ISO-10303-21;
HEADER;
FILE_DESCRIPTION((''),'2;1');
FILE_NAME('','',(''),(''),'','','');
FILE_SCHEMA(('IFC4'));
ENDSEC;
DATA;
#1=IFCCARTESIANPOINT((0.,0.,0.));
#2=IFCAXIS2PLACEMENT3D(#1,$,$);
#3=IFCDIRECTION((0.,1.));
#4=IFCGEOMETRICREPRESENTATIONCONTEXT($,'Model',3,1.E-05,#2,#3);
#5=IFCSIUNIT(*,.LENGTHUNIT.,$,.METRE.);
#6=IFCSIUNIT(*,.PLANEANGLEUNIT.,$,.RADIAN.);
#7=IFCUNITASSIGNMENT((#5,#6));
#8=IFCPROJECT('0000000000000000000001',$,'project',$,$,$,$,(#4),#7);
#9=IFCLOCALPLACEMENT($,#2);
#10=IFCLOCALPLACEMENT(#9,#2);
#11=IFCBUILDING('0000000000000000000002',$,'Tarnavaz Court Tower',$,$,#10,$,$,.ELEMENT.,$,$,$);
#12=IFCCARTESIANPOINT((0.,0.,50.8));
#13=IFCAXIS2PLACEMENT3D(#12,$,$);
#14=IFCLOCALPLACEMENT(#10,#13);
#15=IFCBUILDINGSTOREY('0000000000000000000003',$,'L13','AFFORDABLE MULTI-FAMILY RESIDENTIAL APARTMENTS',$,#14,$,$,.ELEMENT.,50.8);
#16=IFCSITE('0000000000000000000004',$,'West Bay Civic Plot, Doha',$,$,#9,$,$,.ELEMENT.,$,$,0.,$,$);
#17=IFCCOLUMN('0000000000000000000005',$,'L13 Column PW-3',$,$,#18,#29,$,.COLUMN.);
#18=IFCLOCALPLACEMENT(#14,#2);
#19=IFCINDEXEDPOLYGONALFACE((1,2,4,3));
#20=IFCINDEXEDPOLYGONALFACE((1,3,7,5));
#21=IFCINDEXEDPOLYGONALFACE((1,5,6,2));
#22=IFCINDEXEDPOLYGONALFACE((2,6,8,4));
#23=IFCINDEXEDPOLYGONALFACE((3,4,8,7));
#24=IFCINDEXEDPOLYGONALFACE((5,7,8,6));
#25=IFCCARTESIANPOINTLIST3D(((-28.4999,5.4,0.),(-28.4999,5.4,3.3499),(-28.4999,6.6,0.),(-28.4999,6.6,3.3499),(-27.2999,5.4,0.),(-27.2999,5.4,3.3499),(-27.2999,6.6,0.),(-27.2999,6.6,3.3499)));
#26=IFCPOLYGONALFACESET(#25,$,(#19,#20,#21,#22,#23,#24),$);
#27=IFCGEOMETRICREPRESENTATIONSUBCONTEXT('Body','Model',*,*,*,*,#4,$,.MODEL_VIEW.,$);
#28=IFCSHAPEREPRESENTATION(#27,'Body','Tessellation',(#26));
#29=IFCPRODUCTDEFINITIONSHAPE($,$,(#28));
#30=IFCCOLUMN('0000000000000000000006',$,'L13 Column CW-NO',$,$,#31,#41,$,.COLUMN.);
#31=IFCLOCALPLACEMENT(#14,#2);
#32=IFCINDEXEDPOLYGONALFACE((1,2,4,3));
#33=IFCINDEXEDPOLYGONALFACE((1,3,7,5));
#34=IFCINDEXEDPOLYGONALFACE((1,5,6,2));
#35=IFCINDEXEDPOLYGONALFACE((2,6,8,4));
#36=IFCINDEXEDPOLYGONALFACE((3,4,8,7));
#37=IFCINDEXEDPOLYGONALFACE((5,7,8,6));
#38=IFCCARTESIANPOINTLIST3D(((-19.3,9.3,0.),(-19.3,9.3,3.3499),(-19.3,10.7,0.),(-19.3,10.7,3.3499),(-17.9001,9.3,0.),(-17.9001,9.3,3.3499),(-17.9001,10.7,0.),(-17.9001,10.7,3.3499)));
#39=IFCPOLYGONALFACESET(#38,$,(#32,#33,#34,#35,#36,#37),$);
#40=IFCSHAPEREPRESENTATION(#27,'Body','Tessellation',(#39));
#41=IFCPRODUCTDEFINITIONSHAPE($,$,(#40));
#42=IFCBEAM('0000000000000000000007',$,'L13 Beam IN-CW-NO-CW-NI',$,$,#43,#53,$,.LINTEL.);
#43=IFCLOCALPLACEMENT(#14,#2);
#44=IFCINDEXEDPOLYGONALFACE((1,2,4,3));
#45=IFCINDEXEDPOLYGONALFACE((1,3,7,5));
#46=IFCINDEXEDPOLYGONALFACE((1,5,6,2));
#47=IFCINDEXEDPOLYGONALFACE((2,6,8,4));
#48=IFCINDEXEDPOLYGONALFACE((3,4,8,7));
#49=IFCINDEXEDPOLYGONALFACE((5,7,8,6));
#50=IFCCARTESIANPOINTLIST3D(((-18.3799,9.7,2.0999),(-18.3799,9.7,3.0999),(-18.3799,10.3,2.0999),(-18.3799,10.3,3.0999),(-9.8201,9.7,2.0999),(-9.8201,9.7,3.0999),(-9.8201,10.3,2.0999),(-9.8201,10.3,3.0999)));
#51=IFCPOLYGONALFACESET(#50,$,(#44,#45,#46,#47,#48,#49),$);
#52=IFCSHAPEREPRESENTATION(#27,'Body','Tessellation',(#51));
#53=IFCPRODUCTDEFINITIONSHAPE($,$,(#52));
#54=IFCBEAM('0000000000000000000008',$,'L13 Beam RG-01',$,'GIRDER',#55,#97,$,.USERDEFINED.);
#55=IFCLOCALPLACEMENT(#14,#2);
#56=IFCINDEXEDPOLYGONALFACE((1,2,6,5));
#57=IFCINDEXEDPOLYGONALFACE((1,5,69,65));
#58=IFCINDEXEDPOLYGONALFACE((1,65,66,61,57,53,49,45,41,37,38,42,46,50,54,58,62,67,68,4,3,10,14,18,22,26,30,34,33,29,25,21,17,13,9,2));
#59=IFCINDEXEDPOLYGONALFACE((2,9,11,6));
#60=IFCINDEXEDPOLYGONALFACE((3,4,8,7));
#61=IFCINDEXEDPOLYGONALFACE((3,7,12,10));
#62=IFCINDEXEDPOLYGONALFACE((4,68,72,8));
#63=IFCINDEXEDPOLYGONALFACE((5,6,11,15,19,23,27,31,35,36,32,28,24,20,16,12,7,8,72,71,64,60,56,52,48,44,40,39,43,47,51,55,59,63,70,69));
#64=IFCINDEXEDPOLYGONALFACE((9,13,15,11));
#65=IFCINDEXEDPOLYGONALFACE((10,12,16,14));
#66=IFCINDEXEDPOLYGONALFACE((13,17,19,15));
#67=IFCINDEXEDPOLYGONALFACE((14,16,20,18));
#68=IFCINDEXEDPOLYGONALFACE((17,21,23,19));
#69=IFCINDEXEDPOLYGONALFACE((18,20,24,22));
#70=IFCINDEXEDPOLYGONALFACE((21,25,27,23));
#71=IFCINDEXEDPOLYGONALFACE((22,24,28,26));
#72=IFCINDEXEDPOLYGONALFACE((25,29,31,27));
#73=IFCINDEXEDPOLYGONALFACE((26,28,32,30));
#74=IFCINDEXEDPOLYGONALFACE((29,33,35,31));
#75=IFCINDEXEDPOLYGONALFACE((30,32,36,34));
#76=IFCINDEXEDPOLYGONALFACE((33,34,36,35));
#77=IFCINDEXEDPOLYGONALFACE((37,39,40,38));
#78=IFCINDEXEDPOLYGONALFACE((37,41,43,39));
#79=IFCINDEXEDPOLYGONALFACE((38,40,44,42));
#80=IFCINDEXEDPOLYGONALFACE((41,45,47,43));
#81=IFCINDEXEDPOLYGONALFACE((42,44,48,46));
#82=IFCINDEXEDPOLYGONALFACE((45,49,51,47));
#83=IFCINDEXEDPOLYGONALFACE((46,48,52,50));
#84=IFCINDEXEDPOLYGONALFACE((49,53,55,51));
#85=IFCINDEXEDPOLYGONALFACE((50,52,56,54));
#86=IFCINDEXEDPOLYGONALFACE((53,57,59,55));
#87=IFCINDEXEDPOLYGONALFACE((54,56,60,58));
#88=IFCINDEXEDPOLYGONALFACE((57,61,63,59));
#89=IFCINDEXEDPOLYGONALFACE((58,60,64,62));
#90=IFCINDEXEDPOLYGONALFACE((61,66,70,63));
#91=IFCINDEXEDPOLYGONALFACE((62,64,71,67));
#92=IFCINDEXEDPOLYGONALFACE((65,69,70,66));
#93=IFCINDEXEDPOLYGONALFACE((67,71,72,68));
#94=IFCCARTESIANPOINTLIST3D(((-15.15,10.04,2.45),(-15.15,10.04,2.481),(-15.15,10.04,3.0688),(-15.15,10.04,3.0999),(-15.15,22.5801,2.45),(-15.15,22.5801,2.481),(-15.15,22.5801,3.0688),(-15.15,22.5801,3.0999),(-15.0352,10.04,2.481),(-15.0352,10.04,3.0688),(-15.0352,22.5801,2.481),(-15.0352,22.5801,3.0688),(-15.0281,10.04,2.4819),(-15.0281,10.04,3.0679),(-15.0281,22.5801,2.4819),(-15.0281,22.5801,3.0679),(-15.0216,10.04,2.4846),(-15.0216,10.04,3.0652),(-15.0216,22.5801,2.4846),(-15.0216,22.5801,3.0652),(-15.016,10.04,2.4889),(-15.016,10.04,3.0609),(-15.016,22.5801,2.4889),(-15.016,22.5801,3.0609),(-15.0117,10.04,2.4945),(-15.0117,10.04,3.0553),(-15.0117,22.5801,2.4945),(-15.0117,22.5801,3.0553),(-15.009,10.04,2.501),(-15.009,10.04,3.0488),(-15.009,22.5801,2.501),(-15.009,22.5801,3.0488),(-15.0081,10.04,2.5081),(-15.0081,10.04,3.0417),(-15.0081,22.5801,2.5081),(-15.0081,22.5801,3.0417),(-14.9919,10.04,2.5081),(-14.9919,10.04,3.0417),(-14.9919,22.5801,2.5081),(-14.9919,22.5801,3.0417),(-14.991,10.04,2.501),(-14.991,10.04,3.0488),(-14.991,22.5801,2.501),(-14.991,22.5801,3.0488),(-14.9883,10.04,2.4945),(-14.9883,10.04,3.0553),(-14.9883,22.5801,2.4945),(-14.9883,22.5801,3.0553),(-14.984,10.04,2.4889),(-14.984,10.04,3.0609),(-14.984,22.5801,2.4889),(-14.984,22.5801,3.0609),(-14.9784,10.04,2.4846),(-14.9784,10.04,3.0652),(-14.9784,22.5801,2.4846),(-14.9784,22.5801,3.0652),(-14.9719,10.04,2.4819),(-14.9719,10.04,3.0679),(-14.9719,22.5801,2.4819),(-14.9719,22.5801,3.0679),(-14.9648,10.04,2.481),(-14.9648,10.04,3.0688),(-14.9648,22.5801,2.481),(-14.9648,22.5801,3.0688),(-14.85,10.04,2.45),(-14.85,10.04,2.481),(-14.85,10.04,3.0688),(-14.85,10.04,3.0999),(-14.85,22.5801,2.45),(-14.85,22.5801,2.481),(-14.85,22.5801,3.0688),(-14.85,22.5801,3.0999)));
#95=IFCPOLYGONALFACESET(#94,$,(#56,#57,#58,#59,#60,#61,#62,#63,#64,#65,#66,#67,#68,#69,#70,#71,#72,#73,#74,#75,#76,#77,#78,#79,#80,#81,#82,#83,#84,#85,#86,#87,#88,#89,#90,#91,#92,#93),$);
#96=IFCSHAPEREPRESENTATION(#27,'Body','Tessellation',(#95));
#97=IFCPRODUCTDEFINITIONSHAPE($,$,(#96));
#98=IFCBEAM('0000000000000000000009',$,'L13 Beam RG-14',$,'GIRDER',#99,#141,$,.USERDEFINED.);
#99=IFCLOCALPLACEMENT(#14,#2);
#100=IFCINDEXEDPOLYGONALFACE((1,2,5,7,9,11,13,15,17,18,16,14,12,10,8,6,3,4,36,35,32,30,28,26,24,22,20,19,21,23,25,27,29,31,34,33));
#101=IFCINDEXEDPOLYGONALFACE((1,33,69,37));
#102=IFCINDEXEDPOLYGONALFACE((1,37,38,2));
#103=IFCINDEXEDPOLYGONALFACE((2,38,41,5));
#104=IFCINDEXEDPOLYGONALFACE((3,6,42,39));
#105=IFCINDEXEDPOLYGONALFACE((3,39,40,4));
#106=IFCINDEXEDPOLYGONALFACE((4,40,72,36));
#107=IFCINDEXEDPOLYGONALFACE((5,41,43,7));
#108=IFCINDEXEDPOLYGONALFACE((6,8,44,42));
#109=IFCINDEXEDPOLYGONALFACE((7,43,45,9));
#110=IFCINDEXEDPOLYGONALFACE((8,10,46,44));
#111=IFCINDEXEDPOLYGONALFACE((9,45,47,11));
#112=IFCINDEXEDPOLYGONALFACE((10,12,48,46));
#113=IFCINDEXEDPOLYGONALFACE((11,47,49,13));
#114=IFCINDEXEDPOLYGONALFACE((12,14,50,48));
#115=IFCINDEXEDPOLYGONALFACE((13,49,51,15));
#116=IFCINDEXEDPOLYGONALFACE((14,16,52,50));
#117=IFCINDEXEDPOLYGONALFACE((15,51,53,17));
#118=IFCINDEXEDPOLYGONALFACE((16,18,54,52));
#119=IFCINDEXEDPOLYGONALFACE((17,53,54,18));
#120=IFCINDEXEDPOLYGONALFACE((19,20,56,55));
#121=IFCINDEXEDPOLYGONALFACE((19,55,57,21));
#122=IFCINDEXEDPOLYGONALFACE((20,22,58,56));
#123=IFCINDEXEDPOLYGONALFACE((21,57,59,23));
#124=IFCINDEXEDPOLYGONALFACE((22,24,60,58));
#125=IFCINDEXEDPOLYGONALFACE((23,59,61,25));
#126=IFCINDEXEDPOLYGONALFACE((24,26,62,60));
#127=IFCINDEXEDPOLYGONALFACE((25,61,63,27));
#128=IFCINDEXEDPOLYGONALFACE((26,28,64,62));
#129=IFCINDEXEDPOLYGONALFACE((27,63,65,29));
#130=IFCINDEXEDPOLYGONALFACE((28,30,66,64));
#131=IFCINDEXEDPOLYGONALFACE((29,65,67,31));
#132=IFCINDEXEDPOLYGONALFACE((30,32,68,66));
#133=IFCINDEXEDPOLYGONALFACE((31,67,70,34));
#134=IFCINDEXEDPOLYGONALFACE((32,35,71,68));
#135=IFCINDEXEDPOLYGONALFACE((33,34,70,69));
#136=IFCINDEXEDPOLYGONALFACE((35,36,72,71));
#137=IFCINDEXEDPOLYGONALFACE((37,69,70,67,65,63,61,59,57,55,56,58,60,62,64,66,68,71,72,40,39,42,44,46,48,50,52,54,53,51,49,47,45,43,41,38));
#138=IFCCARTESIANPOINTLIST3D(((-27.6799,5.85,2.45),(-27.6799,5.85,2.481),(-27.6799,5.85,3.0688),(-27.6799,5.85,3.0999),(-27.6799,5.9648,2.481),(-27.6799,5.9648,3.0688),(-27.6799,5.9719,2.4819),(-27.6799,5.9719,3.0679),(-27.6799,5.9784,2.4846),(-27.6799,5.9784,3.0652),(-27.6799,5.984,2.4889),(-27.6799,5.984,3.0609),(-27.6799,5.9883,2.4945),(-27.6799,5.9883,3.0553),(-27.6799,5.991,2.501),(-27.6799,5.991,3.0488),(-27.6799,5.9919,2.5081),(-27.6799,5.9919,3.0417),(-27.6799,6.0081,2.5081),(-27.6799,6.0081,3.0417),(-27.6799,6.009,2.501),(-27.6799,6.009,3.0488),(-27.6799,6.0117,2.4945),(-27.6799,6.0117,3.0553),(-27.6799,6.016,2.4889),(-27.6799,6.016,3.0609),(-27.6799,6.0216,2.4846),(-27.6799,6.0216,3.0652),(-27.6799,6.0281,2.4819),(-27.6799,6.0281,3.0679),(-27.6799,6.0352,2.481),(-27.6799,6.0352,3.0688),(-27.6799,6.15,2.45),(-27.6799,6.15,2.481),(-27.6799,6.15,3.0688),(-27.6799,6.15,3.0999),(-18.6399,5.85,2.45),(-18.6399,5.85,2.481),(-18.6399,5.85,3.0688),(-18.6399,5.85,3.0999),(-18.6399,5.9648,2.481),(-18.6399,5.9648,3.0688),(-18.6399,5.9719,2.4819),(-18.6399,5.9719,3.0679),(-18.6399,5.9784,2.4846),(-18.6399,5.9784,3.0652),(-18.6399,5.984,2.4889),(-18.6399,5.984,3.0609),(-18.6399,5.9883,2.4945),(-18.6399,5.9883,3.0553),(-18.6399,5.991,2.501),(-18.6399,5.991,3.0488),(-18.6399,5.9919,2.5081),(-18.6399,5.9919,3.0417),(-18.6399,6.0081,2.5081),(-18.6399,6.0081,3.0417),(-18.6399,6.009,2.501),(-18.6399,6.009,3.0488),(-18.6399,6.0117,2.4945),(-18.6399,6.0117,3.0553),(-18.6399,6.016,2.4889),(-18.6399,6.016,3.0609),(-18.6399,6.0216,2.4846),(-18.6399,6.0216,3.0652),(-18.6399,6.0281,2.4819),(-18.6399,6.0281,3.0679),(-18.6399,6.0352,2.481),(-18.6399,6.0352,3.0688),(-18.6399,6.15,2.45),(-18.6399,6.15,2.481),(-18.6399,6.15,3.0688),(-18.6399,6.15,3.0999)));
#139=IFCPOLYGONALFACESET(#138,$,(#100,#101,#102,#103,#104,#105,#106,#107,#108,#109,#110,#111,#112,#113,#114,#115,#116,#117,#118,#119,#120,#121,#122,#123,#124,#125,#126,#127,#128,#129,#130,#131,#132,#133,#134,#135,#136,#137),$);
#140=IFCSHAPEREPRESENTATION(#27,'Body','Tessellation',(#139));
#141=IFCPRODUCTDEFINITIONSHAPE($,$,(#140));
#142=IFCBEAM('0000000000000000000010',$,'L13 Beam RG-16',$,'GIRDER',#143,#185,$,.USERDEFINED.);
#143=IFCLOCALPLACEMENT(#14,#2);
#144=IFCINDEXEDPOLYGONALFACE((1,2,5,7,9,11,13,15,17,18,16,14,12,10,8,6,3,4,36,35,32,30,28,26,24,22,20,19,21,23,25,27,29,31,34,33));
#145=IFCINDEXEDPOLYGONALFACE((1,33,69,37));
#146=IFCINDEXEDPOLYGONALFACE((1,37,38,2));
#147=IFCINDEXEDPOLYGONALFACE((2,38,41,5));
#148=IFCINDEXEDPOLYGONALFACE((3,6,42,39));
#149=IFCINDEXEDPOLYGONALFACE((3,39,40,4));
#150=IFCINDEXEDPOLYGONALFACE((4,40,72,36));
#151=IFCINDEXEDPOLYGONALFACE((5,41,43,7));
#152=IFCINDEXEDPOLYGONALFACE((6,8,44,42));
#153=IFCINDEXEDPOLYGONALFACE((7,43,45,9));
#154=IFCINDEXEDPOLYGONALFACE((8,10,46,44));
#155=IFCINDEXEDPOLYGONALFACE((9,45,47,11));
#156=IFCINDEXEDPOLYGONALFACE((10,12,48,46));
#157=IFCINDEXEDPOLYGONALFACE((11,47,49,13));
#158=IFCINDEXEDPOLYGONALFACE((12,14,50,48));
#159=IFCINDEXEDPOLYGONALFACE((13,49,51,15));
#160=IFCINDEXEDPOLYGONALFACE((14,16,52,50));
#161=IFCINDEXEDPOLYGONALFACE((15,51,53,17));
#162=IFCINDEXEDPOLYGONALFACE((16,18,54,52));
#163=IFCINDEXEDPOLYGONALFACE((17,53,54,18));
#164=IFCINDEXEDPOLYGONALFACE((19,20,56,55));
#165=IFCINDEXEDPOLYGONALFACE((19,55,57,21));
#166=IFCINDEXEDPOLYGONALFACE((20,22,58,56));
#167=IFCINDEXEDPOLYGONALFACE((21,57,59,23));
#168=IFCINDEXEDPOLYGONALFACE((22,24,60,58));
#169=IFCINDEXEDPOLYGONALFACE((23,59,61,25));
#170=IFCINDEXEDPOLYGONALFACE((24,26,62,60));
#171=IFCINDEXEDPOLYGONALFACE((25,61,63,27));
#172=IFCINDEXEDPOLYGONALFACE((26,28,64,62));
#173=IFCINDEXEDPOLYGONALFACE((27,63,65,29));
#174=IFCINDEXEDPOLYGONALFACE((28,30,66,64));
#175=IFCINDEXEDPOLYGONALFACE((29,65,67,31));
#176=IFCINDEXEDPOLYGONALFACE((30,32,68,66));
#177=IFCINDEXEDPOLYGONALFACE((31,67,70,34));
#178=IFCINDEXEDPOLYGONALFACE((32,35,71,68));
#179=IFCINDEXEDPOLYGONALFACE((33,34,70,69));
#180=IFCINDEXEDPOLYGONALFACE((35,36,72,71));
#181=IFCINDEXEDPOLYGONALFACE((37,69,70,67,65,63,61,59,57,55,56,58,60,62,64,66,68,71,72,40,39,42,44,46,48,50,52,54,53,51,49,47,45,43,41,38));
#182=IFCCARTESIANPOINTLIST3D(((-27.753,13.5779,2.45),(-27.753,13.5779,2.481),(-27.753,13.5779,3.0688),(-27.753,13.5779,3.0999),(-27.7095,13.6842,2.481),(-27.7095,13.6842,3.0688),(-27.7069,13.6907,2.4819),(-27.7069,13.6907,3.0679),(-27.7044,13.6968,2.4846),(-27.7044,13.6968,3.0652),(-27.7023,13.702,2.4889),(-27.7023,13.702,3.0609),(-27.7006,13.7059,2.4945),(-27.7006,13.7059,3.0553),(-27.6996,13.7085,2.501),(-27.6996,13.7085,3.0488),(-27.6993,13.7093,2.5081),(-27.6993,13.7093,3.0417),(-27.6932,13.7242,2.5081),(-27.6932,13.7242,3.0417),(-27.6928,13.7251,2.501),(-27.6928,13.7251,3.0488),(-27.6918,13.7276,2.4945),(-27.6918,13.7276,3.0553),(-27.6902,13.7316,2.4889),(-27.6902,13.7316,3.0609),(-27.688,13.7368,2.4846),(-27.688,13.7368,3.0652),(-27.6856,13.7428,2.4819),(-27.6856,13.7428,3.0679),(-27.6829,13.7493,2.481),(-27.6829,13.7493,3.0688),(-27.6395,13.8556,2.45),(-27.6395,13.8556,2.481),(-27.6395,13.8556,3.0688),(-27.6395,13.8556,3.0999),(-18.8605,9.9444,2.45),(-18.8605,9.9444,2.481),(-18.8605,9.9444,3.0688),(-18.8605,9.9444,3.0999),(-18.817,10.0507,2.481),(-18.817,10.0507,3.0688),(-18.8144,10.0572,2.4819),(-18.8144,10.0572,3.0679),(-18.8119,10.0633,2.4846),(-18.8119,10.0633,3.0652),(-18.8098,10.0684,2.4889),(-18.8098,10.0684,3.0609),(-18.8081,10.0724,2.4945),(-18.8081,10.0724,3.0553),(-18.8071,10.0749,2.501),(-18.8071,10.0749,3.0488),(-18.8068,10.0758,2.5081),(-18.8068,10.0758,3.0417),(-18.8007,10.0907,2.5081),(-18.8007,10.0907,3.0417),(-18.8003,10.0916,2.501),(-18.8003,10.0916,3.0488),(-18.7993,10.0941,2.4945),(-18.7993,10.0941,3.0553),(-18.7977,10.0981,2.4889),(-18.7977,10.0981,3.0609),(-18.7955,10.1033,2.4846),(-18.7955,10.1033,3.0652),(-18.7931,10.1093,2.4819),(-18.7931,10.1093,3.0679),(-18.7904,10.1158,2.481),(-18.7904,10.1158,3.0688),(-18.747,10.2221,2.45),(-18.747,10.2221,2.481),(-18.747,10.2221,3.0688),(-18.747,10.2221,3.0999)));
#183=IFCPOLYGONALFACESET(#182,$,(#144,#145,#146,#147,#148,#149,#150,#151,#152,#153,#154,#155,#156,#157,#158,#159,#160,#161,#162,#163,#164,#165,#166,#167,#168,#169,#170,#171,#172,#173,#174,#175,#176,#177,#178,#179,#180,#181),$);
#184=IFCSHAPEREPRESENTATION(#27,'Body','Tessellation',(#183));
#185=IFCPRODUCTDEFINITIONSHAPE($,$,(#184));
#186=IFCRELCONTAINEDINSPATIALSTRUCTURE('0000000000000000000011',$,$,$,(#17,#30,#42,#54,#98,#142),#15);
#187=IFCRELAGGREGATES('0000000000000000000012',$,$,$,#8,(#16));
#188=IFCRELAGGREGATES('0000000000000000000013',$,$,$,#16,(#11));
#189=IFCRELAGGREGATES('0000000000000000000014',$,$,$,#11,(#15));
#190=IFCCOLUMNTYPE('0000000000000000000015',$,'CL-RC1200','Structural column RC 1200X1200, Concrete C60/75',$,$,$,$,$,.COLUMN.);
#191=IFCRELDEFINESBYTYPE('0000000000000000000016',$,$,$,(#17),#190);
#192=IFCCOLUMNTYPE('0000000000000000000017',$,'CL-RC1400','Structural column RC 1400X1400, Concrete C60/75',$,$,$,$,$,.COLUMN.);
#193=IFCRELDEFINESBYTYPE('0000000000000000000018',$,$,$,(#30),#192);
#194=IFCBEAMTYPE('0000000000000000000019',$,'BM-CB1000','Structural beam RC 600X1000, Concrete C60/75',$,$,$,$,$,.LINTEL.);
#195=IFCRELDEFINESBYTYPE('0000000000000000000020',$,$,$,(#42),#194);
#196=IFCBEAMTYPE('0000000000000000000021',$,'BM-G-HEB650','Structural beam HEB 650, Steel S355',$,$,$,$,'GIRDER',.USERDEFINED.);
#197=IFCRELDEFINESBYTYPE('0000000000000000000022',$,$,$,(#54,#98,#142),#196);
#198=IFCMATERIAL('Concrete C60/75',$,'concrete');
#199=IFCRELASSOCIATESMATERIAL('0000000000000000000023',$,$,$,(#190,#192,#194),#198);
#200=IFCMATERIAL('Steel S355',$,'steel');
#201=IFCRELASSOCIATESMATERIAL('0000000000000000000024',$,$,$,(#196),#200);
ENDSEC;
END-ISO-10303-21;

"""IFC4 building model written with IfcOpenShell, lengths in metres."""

from ifc_helpers import new_model, si_unit, direction, frame, origin, origin_2d, place, context, subcontext, project, spatial, rectangle, i_section, extrude, material, material_profile, profile_set, type_object, element, save


model = new_model("IFC4")

# Units and contexts
model_context = context("Model", 3, precision=1e-05, world=origin(), true_north=direction((0.0, 1.0)))
body_context = subcontext(model_context, "Body", "Model", "MODEL_VIEW")
ifc_project = project(units=[si_unit("LENGTHUNIT", "METRE"), si_unit("PLANEANGLEUNIT", "RADIAN")], contexts=[model_context])

# Site, building, storey
site_placement = place(None, origin())
site = spatial("IfcSite", under=ifc_project, at=site_placement, Name="West Bay Civic Plot, Doha", CompositionType="ELEMENT", RefElevation=0.0)
building_placement = place(site_placement, origin())
building = spatial("IfcBuilding", under=site, at=building_placement, Name="Tarnavaz Court Tower", CompositionType="ELEMENT")
storey_placement = place(building_placement, frame((0.0, 0.0, 50.8)))
storey = spatial("IfcBuildingStorey", under=building, at=storey_placement, Name="L13", Description="AFFORDABLE MULTI-FAMILY RESIDENTIAL APARTMENTS", CompositionType="ELEMENT", Elevation=50.8)

# Columns
ifc_material_1 = material(Name="Concrete C60/75", Category="concrete")
ifc_material_profile_1 = material_profile(ifc_material_1, rectangle(XDim=1.2, YDim=1.2, at=origin_2d()), Name="RC 1200X1200")
ifc_profile_set_1 = profile_set([ifc_material_profile_1], Name="Concrete C60/75")
column_type_1 = type_object("IfcColumnType", Name="CL-RC1200", Description="Structural column RC 1200X1200, Concrete C60/75", PredefinedType="COLUMN", material=ifc_profile_set_1)
column_1_placement = place(storey_placement, frame((-27.8999, 6.0, 0.0), z_axis=(0.0, 0.0, 1.0), x_axis=(1.0, 0.0, 0.0)))
element("IfcColumn", 1, at=column_1_placement, inside=storey, type_object=column_type_1, Name="L13 Column PW-3", PredefinedType="COLUMN", context=body_context, shape_type="SweptSolid", body=[
    extrude(rectangle(XDim=1.2, YDim=1.2, at=origin_2d()), origin(), (0.0, 0.0, 1.0), 3.3499),
])
ifc_material_profile_2 = material_profile(ifc_material_1, rectangle(XDim=1.3999, YDim=1.3999, at=origin_2d()), Name="RC 1400X1400")
ifc_profile_set_2 = profile_set([ifc_material_profile_2], Name="Concrete C60/75")
column_type_2 = type_object("IfcColumnType", Name="CL-RC1400", Description="Structural column RC 1400X1400, Concrete C60/75", PredefinedType="COLUMN", material=ifc_profile_set_2)
column_2_placement = place(storey_placement, frame((-18.6001, 10.0, 0.0), z_axis=(0.0, 0.0, 1.0), x_axis=(1.0, 0.0, 0.0)))
element("IfcColumn", 2, at=column_2_placement, inside=storey, type_object=column_type_2, Name="L13 Column CW-NO", PredefinedType="COLUMN", context=body_context, shape_type="SweptSolid", body=[
    extrude(rectangle(XDim=1.3999, YDim=1.3999, at=origin_2d()), origin(), (0.0, 0.0, 1.0), 3.3499),
])

# Beams
ifc_material_profile_3 = material_profile(ifc_material_1, rectangle(XDim=0.6001, YDim=1.0, at=origin_2d()), Name="RC 600X1000")
ifc_profile_set_3 = profile_set([ifc_material_profile_3], Name="Concrete C60/75")
beam_type_1 = type_object("IfcBeamType", Name="BM-CB1000", Description="Structural beam RC 600X1000, Concrete C60/75", PredefinedType="LINTEL", material=ifc_profile_set_3)
beam_1_placement = place(storey_placement, frame((-18.3799, 10.0, 2.5999), z_axis=(1.0, 0.0, 0.0), x_axis=(0.0, 1.0, 0.0)))
element("IfcBeam", 3, at=beam_1_placement, inside=storey, type_object=beam_type_1, Name="L13 Beam IN-CW-NO-CW-NI", PredefinedType="LINTEL", context=body_context, shape_type="SweptSolid", body=[
    extrude(rectangle(XDim=0.6001, YDim=1.0, at=origin_2d()), origin(), (0.0, 0.0, 1.0), 8.5598),
])
ifc_material_2 = material(Name="Steel S355", Category="steel")
ifc_material_profile_4 = material_profile(ifc_material_2, i_section(OverallWidth=0.3, OverallDepth=0.6499, WebThickness=0.0161, FlangeThickness=0.031, FilletRadius=0.0271, at=origin_2d()), Name="HEB 650")
ifc_profile_set_4 = profile_set([ifc_material_profile_4], Name="Steel S355")
beam_type_2 = type_object("IfcBeamType", Name="BM-G-HEB650", Description="Structural beam HEB 650, Steel S355", ElementType="GIRDER", PredefinedType="USERDEFINED", material=ifc_profile_set_4)
beam_2_placement = place(storey_placement, frame((-15.0, 10.04, 2.7749), z_axis=(0.0, 1.0, 0.0), x_axis=(-1.0, 0.0, 0.0)))
element("IfcBeam", 4, at=beam_2_placement, inside=storey, type_object=beam_type_2, Name="L13 Beam RG-01", ObjectType="GIRDER", PredefinedType="USERDEFINED", context=body_context, shape_type="SweptSolid", body=[
    extrude(i_section(OverallWidth=0.3, OverallDepth=0.6499, WebThickness=0.0161, FlangeThickness=0.031, FilletRadius=0.0271, at=origin_2d()), origin(), (0.0, 0.0, 1.0), 12.54),
])
beam_3_placement = place(storey_placement, frame((-18.6399, 6.0, 2.7749), z_axis=(-1.0, 0.0, 0.0), x_axis=(0.0, -1.0, 0.0)))
element("IfcBeam", 5, at=beam_3_placement, inside=storey, type_object=beam_type_2, Name="L13 Beam RG-14", ObjectType="GIRDER", PredefinedType="USERDEFINED", context=body_context, shape_type="SweptSolid", body=[
    extrude(i_section(OverallWidth=0.3, OverallDepth=0.6499, WebThickness=0.0161, FlangeThickness=0.031, FilletRadius=0.0271, at=origin_2d()), origin(), (0.0, 0.0, 1.0), 9.04),
])
beam_4_placement = place(storey_placement, frame((-18.8037, 10.0833, 2.7749), z_axis=(-0.925705, 0.378247, 0.0), x_axis=(-0.378247, -0.925705, 0.0)))
element("IfcBeam", 6, at=beam_4_placement, inside=storey, type_object=beam_type_2, Name="L13 Beam RG-16", ObjectType="GIRDER", PredefinedType="USERDEFINED", context=body_context, shape_type="SweptSolid", body=[
    extrude(i_section(OverallWidth=0.3, OverallDepth=0.6499, WebThickness=0.0161, FlangeThickness=0.031, FilletRadius=0.0271, at=origin_2d()), origin(), (0.0, 0.0, 1.0), 9.6062),
])

save(model, "model.ifc")
